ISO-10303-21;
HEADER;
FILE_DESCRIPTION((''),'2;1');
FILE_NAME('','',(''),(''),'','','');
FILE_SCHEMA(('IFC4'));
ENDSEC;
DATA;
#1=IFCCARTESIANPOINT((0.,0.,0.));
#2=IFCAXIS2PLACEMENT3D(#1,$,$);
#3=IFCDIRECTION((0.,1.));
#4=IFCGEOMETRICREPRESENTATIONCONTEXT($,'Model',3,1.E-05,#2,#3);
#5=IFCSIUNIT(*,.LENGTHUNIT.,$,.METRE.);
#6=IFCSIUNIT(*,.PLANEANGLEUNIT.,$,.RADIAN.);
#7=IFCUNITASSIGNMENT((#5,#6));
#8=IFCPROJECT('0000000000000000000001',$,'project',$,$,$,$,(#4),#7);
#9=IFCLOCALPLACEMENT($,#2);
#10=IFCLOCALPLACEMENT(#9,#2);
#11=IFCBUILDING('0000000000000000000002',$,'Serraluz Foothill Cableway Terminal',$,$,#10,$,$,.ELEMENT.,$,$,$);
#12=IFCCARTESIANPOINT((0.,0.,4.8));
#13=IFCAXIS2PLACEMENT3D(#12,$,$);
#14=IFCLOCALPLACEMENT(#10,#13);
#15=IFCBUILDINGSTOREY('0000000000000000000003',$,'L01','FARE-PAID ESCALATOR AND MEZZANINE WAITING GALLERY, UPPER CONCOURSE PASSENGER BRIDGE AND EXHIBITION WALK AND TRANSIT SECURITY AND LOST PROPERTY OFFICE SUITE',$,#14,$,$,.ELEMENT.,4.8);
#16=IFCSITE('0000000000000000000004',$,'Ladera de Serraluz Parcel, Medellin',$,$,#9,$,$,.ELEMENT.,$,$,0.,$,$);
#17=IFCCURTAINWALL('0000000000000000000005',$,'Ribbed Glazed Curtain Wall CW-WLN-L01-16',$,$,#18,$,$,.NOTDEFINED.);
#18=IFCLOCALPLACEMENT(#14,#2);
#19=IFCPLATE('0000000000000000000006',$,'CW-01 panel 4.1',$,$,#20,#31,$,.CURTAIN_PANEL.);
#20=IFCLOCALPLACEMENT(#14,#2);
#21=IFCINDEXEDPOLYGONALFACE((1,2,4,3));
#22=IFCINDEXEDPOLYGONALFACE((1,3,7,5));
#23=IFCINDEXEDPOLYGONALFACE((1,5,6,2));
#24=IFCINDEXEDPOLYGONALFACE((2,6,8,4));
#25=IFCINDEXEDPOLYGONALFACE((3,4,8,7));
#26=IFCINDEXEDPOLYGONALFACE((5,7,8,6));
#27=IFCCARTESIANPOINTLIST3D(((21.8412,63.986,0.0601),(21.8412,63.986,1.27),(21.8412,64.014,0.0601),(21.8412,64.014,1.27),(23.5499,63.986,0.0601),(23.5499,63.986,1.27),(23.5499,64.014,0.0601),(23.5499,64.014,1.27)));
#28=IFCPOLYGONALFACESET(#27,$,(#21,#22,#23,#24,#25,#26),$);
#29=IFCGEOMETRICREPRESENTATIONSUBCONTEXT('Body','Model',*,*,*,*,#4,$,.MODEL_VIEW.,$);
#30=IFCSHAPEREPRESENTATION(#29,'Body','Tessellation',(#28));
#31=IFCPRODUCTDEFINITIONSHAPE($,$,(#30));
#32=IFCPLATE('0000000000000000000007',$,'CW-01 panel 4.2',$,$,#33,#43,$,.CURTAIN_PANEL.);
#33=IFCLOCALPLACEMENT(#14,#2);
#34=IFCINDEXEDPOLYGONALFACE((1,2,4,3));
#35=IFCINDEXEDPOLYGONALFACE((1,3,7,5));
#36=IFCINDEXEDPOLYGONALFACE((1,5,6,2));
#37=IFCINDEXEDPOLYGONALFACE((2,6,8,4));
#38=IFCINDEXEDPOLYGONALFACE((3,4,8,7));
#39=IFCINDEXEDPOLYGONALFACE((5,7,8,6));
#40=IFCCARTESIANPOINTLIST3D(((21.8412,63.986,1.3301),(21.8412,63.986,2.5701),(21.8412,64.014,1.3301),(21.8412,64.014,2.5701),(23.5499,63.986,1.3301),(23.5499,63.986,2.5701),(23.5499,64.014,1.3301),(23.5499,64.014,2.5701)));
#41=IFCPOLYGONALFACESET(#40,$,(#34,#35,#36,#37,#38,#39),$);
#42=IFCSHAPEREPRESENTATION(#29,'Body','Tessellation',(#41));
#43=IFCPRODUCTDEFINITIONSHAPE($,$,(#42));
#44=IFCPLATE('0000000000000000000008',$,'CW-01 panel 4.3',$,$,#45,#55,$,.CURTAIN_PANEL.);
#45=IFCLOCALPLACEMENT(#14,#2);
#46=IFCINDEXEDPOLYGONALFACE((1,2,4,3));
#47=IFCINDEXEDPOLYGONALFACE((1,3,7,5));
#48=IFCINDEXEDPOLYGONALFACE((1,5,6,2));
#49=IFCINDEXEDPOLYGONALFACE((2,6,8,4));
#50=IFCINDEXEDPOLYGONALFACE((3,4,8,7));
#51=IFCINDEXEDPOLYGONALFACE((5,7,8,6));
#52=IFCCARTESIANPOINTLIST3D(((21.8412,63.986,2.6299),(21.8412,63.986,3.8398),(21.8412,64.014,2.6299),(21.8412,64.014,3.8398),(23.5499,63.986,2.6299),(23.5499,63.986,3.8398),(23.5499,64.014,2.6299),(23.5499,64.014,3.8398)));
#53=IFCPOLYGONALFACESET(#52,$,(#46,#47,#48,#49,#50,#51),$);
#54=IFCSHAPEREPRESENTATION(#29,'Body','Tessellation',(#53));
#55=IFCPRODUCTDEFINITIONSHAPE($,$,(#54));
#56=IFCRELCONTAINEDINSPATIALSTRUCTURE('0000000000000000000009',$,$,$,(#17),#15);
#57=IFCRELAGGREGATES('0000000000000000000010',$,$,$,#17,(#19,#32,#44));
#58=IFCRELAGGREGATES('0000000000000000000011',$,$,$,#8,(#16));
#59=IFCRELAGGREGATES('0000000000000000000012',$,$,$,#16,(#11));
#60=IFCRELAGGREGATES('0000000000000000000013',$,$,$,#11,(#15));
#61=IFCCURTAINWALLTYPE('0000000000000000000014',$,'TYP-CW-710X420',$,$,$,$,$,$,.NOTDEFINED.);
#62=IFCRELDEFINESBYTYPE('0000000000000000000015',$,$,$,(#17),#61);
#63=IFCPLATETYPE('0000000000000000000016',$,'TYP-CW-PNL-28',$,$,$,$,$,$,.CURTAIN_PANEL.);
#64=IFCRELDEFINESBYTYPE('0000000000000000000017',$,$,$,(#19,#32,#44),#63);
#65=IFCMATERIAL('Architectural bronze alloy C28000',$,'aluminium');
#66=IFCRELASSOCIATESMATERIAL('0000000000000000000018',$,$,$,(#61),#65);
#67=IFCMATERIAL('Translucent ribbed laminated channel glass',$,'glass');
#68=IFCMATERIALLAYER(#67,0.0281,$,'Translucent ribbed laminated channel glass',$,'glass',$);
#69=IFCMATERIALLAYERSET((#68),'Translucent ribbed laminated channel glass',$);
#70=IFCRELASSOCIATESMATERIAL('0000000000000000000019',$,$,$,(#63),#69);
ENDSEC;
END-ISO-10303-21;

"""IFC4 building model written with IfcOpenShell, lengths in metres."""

from ifc_helpers import new_model, si_unit, direction, frame, origin, origin_2d, place, context, subcontext, project, spatial, rectangle, extrude, material, layer, layer_set, type_object, element, aggregate, save


model = new_model("IFC4")

# Units and contexts
model_context = context("Model", 3, precision=1e-05, world=origin(), true_north=direction((0.0, 1.0)))
body_context = subcontext(model_context, "Body", "Model", "MODEL_VIEW")
ifc_project = project(units=[si_unit("LENGTHUNIT", "METRE"), si_unit("PLANEANGLEUNIT", "RADIAN")], contexts=[model_context])

# Site, building, storey
site_placement = place(None, origin())
site = spatial("IfcSite", under=ifc_project, at=site_placement, Name="Ladera de Serraluz Parcel, Medellin", CompositionType="ELEMENT", RefElevation=0.0)
building_placement = place(site_placement, origin())
building = spatial("IfcBuilding", under=site, at=building_placement, Name="Serraluz Foothill Cableway Terminal", CompositionType="ELEMENT")
storey_placement = place(building_placement, frame((0.0, 0.0, 4.8)))
storey = spatial("IfcBuildingStorey", under=building, at=storey_placement, Name="L01", Description="FARE-PAID ESCALATOR AND MEZZANINE WAITING GALLERY, UPPER CONCOURSE PASSENGER BRIDGE AND EXHIBITION WALK AND TRANSIT SECURITY AND LOST PROPERTY OFFICE SUITE", CompositionType="ELEMENT", Elevation=4.8)

# Curtain wall, plates
ifc_material_1 = material(Name="Architectural bronze alloy C28000", Category="aluminium")
curtain_wall_type = type_object("IfcCurtainWallType", Name="TYP-CW-710X420", PredefinedType="NOTDEFINED", material=ifc_material_1)
curtain_wall_placement = place(storey_placement, origin())
curtain_wall = element("IfcCurtainWall", 1, at=curtain_wall_placement, inside=storey, type_object=curtain_wall_type, Name="Ribbed Glazed Curtain Wall CW-WLN-L01-16", PredefinedType="NOTDEFINED")
ifc_material_2 = material(Name="Translucent ribbed laminated channel glass", Category="glass")
ifc_layer = layer(ifc_material_2, 0.0281, Name="Translucent ribbed laminated channel glass", Category="glass")
ifc_layer_set = layer_set([ifc_layer], Name="Translucent ribbed laminated channel glass")
plate_type = type_object("IfcPlateType", Name="TYP-CW-PNL-28", PredefinedType="CURTAIN_PANEL", material=ifc_layer_set)
plate_1_placement = place(storey_placement, frame((22.6956, 64.0, 0.0601), z_axis=(0.0, 0.0, 1.0), x_axis=(1.0, 0.0, 0.0)))
plate_1 = element("IfcPlate", 2, at=plate_1_placement, type_object=plate_type, Name="CW-01 panel 4.1", PredefinedType="CURTAIN_PANEL", context=body_context, shape_type="SweptSolid", body=[
    extrude(rectangle(XDim=1.7087, YDim=0.0281, at=origin_2d()), origin(), (0.0, 0.0, 1.0), 1.21),
])
plate_2_placement = place(storey_placement, frame((22.6956, 64.0, 1.3301), z_axis=(0.0, 0.0, 1.0), x_axis=(1.0, 0.0, 0.0)))
plate_2 = element("IfcPlate", 3, at=plate_2_placement, type_object=plate_type, Name="CW-01 panel 4.2", PredefinedType="CURTAIN_PANEL", context=body_context, shape_type="SweptSolid", body=[
    extrude(rectangle(XDim=1.7087, YDim=0.0281, at=origin_2d()), origin(), (0.0, 0.0, 1.0), 1.24),
])
plate_3_placement = place(storey_placement, frame((22.6956, 64.0, 2.6299), z_axis=(0.0, 0.0, 1.0), x_axis=(1.0, 0.0, 0.0)))
plate_3 = element("IfcPlate", 4, at=plate_3_placement, type_object=plate_type, Name="CW-01 panel 4.3", PredefinedType="CURTAIN_PANEL", context=body_context, shape_type="SweptSolid", body=[
    extrude(rectangle(XDim=1.7087, YDim=0.0281, at=origin_2d()), origin(), (0.0, 0.0, 1.0), 1.21),
])
aggregate(curtain_wall, [plate_1, plate_2, plate_3])

save(model, "model.ifc")
